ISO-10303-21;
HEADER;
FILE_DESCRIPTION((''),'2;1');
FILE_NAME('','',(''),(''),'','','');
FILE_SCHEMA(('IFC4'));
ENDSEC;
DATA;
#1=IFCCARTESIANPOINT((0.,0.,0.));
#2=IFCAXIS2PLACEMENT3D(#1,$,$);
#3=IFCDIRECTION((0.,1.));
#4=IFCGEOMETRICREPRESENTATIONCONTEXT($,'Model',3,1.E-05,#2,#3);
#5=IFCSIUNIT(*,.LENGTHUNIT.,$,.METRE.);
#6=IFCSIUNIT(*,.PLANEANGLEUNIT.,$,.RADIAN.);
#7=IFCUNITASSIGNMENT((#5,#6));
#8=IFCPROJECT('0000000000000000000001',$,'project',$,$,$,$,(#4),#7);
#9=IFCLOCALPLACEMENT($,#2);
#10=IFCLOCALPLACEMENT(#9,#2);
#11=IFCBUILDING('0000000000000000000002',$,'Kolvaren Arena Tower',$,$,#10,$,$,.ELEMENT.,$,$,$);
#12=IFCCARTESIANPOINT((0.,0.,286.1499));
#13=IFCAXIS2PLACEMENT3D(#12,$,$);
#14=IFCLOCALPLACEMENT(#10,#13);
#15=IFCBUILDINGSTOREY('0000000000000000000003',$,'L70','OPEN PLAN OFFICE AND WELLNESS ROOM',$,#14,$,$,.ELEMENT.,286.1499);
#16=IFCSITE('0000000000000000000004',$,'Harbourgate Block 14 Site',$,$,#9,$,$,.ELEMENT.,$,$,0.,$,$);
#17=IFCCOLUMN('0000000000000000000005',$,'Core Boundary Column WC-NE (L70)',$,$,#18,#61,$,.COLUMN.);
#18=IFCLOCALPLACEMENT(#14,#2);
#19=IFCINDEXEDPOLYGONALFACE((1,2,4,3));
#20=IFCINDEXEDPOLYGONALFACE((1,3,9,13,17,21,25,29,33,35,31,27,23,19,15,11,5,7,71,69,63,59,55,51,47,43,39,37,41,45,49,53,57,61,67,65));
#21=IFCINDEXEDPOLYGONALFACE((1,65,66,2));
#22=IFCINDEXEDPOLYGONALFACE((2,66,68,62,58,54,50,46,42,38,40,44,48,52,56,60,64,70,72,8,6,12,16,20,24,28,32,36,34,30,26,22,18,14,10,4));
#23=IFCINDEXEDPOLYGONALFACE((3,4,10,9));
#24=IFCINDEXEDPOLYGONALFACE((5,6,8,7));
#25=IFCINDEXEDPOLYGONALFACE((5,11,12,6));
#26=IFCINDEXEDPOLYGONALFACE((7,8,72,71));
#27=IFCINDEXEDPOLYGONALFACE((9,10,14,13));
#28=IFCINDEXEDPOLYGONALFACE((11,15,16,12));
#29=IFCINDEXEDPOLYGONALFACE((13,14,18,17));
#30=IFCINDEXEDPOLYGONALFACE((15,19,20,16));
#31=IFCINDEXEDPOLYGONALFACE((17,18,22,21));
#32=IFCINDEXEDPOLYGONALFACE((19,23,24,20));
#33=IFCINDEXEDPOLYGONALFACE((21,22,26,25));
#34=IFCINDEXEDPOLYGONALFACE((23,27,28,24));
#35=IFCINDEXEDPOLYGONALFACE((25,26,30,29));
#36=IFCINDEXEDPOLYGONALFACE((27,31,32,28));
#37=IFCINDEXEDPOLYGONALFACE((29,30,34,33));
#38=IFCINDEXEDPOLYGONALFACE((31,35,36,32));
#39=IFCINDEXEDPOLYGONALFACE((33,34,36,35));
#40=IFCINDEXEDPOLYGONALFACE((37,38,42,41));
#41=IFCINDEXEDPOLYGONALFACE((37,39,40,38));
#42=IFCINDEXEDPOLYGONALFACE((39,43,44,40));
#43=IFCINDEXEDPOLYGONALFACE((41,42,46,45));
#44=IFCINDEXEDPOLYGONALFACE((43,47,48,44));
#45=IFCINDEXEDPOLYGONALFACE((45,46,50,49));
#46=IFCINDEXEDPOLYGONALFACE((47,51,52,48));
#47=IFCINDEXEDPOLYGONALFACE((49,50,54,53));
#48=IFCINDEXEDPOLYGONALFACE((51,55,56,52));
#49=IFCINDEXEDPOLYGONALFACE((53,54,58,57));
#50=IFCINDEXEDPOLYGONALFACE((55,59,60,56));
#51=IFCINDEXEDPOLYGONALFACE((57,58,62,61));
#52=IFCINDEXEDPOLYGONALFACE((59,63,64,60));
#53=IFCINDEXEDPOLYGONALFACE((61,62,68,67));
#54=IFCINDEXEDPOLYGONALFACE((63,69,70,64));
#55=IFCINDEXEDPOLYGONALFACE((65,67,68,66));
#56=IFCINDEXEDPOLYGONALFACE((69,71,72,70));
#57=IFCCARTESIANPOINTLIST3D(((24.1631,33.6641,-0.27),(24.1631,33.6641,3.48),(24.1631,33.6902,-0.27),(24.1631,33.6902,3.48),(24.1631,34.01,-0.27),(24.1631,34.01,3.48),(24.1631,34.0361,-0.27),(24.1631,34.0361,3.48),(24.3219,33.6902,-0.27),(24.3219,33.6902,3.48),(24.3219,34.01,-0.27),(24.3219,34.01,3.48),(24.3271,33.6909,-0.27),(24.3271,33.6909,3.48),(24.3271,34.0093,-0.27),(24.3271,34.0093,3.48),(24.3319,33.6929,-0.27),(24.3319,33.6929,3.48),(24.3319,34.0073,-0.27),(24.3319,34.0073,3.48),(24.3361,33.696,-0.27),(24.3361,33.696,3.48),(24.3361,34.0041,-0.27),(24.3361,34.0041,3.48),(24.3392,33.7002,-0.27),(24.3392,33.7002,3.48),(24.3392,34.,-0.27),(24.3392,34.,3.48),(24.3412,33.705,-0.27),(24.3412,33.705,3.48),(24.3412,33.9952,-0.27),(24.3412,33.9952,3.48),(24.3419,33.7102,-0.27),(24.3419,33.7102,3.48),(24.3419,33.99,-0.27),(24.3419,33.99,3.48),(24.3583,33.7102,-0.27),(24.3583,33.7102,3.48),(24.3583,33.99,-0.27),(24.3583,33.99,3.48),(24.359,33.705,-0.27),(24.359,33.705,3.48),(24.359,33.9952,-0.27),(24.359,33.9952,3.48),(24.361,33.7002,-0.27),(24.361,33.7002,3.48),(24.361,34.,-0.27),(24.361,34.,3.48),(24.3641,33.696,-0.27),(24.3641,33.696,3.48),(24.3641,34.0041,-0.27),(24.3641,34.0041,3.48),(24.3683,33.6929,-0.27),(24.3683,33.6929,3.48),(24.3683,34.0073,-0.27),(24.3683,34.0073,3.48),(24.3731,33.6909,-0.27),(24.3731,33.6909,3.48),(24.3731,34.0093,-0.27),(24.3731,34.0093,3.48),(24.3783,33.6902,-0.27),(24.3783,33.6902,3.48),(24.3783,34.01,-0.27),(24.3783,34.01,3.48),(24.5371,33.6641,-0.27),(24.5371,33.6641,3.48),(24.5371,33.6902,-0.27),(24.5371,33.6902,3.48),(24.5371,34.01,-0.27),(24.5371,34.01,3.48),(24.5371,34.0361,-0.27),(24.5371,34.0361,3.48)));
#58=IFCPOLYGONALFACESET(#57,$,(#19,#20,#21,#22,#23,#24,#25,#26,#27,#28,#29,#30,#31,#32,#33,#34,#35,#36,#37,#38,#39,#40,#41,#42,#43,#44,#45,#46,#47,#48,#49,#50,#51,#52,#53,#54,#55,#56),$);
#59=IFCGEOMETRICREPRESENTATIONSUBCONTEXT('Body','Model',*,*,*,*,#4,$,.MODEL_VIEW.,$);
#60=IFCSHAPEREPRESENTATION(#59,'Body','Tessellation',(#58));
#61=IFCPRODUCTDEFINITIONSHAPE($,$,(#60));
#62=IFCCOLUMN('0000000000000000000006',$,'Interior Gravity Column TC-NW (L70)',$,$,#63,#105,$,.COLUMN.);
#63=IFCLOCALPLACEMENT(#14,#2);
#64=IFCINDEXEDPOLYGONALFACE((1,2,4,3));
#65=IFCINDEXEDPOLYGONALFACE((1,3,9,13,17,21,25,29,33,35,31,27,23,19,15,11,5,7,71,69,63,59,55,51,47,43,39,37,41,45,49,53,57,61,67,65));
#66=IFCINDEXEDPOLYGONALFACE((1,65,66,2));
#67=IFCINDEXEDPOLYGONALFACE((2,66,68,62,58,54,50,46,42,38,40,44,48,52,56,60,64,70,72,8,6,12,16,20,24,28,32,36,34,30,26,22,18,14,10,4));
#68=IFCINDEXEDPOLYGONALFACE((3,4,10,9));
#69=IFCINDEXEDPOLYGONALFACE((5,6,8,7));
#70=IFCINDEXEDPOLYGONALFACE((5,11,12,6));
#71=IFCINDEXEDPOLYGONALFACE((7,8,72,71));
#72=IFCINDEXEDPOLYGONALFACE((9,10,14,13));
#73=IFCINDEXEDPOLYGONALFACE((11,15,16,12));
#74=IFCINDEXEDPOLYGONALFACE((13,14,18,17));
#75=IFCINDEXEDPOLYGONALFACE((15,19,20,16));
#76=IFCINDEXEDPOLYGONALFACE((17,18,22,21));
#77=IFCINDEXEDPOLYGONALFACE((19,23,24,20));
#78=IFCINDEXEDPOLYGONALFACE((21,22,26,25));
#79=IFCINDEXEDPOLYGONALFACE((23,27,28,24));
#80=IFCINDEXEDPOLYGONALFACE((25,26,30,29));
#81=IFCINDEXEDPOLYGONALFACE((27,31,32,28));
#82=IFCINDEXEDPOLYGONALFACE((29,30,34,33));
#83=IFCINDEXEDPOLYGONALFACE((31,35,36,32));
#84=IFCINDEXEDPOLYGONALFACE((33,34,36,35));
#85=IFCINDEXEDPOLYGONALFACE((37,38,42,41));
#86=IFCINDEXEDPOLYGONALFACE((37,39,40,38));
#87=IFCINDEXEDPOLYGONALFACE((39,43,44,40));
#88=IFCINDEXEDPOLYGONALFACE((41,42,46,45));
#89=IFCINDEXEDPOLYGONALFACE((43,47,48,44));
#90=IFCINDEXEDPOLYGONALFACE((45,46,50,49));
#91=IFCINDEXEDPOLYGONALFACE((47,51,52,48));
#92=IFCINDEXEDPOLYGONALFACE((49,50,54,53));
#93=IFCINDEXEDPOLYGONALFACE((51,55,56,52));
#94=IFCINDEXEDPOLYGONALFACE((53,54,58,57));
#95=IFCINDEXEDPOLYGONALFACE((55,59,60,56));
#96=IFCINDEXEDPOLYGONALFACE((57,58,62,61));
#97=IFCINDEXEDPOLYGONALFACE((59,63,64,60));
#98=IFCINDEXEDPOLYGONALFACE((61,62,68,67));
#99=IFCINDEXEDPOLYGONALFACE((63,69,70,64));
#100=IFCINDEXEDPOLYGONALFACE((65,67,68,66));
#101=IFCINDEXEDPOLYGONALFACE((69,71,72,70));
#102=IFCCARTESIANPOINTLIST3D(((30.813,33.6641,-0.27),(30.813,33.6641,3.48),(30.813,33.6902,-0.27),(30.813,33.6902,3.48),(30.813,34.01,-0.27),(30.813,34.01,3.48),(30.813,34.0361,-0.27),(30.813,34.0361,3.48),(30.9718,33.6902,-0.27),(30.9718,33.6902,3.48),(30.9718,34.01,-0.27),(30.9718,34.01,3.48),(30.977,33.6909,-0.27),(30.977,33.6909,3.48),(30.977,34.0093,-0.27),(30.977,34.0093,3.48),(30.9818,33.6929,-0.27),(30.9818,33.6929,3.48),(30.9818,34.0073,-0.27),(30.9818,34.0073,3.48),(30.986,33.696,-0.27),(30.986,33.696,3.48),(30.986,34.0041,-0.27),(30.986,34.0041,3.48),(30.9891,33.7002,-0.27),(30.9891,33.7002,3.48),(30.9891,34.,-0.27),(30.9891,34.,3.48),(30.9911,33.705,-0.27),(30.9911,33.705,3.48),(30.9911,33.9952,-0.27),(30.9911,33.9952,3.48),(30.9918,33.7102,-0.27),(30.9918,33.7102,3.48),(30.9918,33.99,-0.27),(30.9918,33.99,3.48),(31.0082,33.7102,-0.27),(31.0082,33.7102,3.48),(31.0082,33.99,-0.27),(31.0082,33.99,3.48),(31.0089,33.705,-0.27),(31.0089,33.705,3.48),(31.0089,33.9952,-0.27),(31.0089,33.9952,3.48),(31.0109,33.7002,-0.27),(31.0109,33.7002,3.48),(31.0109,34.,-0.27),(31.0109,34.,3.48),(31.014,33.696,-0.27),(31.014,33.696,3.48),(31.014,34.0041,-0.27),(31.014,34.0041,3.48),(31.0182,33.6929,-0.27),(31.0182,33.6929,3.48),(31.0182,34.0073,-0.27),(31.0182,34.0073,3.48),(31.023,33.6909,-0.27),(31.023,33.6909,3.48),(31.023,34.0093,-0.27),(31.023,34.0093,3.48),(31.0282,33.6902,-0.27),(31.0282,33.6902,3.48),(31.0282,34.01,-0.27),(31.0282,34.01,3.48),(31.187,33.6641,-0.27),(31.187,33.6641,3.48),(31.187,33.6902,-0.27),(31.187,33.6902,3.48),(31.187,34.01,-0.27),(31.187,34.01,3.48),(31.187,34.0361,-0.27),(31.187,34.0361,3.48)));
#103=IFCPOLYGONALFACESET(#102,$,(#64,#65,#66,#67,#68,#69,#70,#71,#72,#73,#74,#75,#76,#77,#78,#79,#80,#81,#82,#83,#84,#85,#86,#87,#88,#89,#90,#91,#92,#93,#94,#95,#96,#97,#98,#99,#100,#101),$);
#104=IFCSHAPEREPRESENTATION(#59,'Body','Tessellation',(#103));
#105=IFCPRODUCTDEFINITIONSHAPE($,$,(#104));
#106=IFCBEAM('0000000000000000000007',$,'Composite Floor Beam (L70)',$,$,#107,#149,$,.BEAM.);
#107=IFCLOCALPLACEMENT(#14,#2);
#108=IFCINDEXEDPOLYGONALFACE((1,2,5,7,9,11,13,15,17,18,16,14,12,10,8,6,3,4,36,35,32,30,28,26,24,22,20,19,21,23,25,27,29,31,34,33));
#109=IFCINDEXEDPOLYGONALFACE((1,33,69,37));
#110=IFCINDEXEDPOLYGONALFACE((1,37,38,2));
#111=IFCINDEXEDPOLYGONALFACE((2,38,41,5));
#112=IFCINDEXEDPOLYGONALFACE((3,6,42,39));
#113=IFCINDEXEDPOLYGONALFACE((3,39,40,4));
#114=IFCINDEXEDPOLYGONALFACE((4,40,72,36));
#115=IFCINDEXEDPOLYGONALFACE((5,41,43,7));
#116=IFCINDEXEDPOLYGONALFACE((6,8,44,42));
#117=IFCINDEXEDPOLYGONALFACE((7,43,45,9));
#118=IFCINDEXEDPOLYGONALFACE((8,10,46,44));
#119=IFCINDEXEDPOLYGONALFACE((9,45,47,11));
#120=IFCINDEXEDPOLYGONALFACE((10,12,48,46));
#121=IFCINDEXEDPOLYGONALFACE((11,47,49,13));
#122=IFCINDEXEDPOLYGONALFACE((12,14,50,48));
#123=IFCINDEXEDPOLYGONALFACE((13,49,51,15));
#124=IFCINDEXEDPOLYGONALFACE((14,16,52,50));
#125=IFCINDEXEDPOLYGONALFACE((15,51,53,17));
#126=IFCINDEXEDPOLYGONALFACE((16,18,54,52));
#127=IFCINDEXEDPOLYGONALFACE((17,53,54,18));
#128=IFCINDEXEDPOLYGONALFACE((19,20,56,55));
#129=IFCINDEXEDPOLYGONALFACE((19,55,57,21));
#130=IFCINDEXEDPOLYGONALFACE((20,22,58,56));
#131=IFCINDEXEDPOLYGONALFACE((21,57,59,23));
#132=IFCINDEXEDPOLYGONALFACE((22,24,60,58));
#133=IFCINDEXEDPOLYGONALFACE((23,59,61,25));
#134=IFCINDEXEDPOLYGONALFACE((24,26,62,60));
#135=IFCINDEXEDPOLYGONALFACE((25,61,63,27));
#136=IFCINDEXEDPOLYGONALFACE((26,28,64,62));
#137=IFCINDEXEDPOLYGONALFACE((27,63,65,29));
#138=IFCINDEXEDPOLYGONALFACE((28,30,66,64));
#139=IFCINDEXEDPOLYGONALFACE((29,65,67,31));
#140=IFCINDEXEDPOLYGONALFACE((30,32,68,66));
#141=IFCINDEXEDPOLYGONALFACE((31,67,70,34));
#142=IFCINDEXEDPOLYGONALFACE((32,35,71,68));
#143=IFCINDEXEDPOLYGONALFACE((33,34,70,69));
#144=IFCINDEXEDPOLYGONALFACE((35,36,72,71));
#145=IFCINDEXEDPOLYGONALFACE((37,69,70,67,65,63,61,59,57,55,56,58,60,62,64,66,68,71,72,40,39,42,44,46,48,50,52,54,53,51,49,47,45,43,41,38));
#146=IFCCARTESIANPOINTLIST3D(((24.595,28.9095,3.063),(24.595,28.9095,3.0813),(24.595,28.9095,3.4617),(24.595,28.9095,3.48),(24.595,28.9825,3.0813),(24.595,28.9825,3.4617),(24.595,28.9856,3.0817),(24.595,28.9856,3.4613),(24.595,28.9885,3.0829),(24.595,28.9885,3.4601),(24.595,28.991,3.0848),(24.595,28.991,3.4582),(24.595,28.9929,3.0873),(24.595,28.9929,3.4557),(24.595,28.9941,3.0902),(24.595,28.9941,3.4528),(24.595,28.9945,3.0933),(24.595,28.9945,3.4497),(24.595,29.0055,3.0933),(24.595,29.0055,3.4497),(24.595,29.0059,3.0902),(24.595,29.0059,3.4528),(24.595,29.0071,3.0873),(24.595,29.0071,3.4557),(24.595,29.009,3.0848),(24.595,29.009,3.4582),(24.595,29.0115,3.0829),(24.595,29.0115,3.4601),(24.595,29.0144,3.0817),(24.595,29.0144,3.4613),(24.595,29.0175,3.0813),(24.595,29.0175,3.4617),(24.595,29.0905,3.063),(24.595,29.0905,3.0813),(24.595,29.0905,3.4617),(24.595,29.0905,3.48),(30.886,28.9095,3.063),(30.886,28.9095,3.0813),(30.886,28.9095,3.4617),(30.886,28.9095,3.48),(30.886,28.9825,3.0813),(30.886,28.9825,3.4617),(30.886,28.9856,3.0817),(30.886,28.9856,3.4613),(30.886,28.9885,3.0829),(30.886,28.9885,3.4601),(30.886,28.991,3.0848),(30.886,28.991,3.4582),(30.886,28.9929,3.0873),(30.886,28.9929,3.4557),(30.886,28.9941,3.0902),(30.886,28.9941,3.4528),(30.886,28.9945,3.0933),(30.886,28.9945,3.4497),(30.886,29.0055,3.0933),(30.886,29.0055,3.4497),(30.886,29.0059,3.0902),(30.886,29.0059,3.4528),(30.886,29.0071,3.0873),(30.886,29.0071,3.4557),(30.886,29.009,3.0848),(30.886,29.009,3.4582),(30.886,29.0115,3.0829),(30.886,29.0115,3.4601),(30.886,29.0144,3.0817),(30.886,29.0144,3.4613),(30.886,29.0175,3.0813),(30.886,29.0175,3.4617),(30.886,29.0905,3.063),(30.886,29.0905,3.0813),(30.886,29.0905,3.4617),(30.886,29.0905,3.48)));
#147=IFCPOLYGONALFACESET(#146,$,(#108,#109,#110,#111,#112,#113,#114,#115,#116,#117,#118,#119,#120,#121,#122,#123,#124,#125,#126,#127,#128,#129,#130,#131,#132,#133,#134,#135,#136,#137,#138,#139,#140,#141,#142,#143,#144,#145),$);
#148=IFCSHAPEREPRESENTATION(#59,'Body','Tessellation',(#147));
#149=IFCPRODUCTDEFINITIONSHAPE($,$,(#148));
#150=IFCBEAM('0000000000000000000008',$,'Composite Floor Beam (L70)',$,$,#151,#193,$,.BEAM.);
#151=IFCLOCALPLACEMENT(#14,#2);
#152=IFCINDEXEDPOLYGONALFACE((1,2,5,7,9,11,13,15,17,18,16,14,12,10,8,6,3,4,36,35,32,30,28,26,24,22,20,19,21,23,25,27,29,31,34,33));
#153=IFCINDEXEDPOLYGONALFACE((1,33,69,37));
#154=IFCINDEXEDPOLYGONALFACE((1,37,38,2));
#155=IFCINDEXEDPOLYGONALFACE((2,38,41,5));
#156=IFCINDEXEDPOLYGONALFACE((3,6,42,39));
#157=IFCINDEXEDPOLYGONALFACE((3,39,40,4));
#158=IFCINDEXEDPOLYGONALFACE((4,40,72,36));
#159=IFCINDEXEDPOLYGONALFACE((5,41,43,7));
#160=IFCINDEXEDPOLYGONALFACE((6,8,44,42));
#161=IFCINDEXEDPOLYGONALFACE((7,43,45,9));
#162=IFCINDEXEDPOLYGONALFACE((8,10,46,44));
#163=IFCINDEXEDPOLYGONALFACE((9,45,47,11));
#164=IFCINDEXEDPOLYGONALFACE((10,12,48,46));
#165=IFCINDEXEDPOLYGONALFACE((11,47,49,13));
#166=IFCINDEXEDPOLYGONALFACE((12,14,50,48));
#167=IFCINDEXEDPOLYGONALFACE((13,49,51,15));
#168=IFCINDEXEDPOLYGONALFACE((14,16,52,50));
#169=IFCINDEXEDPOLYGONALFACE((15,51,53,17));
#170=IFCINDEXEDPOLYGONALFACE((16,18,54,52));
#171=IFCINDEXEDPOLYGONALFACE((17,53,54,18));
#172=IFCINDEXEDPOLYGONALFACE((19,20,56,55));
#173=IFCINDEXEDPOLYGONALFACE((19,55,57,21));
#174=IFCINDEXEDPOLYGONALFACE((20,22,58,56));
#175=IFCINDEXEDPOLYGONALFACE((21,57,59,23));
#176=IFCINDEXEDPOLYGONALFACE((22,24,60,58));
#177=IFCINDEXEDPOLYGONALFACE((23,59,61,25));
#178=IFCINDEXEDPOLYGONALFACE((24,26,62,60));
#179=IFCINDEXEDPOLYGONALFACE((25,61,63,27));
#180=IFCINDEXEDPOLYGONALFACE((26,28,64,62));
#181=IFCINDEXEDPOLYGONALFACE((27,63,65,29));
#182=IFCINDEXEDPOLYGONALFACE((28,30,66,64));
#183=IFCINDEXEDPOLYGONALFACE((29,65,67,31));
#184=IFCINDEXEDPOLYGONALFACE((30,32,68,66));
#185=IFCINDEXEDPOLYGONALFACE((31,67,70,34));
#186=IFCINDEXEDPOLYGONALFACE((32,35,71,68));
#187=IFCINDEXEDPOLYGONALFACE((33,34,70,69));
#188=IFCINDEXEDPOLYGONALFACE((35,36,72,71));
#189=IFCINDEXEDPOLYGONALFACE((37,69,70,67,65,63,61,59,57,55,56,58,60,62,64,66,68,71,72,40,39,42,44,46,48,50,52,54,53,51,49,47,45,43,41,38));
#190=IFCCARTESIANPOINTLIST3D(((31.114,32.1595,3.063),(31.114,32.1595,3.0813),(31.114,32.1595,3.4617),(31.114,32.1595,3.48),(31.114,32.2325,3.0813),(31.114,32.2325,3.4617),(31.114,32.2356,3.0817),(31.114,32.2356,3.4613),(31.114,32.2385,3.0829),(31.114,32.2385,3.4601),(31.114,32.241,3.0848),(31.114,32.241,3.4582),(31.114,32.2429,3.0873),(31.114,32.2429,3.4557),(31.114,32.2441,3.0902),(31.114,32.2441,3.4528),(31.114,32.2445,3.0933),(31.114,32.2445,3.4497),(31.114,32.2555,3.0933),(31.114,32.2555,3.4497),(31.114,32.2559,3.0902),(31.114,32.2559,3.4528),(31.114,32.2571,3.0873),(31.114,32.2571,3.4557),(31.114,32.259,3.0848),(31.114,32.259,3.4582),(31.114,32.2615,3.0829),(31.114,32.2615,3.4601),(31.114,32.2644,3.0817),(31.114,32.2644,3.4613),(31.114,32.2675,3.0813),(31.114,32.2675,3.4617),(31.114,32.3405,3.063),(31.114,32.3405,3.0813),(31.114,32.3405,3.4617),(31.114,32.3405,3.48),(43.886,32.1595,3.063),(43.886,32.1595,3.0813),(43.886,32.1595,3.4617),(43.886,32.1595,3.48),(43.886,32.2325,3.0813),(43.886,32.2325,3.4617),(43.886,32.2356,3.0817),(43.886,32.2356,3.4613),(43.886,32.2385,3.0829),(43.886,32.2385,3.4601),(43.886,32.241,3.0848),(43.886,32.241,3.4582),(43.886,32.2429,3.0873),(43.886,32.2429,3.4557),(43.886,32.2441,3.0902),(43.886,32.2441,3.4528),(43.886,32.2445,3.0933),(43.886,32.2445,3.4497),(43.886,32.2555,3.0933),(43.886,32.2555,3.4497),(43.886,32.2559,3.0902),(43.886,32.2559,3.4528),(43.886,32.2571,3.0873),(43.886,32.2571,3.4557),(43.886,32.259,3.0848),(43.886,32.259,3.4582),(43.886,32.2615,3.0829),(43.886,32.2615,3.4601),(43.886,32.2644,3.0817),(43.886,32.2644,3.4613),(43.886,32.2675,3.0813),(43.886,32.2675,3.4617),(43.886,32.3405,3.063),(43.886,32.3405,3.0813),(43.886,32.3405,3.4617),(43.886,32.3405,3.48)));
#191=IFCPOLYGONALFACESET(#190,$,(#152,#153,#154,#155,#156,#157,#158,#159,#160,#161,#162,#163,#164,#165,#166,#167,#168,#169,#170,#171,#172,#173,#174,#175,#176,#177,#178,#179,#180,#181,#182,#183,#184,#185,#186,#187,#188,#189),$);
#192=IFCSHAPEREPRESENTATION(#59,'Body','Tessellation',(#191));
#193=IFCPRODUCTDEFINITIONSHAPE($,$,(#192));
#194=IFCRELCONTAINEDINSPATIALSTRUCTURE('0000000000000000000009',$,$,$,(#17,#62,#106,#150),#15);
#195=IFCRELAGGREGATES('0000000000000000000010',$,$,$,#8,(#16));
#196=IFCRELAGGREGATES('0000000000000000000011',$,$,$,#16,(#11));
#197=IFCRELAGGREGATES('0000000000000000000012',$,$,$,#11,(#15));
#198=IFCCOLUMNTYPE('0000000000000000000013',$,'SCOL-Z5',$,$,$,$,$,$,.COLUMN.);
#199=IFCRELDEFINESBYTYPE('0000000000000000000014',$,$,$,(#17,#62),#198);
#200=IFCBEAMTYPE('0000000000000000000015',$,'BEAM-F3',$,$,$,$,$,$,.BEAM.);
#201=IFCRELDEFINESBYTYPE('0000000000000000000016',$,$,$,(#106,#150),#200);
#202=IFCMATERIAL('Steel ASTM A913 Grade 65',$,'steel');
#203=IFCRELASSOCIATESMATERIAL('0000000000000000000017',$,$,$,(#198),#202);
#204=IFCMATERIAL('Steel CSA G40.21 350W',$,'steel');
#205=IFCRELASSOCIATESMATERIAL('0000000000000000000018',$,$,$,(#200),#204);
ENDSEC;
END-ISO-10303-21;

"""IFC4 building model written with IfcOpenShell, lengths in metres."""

from ifc_helpers import new_model, si_unit, direction, frame, origin, origin_2d, place, context, subcontext, project, spatial, i_section, extrude, material, material_profile, profile_set, type_object, element, save


model = new_model("IFC4")

# Units and contexts
model_context = context("Model", 3, precision=1e-05, world=origin(), true_north=direction((0.0, 1.0)))
body_context = subcontext(model_context, "Body", "Model", "MODEL_VIEW")
ifc_project = project(units=[si_unit("LENGTHUNIT", "METRE"), si_unit("PLANEANGLEUNIT", "RADIAN")], contexts=[model_context])

# Site, building, storey
site_placement = place(None, origin())
site = spatial("IfcSite", under=ifc_project, at=site_placement, Name="Harbourgate Block 14 Site", CompositionType="ELEMENT", RefElevation=0.0)
building_placement = place(site_placement, origin())
building = spatial("IfcBuilding", under=site, at=building_placement, Name="Kolvaren Arena Tower", CompositionType="ELEMENT")
storey_placement = place(building_placement, frame((0.0, 0.0, 286.1499)))
storey = spatial("IfcBuildingStorey", under=building, at=storey_placement, Name="L70", Description="OPEN PLAN OFFICE AND WELLNESS ROOM", CompositionType="ELEMENT", Elevation=286.1499)

# Columns
ifc_material_1 = material(Name="Steel ASTM A913 Grade 65", Category="steel")
ifc_material_profile_1 = material_profile(ifc_material_1, i_section(OverallWidth=0.374, OverallDepth=0.3721, WebThickness=0.0164, FlangeThickness=0.0261, FilletRadius=0.02, at=origin_2d()), Name="W360x196")
ifc_profile_set_1 = profile_set([ifc_material_profile_1], Name="Steel ASTM A913 Grade 65")
column_type = type_object("IfcColumnType", Name="SCOL-Z5", PredefinedType="COLUMN", material=ifc_profile_set_1)
for number, where, z_axis, x_axis, name in (
    (1, (24.3501, 33.8501, -0.27), (0.0, 0.0, 1.0), (1.0, 0.0, 0.0), "Core Boundary Column WC-NE (L70)"),
    (2, (31.0, 33.8501, -0.27), (0.0, 0.0, 1.0), (1.0, 0.0, 0.0), "Interior Gravity Column TC-NW (L70)"),
):
    element("IfcColumn", number, at=place(storey_placement, frame(where, z_axis=z_axis, x_axis=x_axis)), inside=storey, type_object=column_type, Name=name, PredefinedType="COLUMN", context=body_context, shape_type="SweptSolid", body=[
        extrude(i_section(OverallWidth=0.374, OverallDepth=0.3721, WebThickness=0.0164, FlangeThickness=0.0261, FilletRadius=0.02, at=origin_2d()), origin(), (0.0, 0.0, 1.0), 3.75),
    ])

# Beams
ifc_material_2 = material(Name="Steel CSA G40.21 350W", Category="steel")
ifc_material_profile_2 = material_profile(ifc_material_2, i_section(OverallWidth=0.1809, OverallDepth=0.417, WebThickness=0.011, FlangeThickness=0.0183, FilletRadius=0.012, at=origin_2d()), Name="W410x85")
ifc_profile_set_2 = profile_set([ifc_material_profile_2], Name="Steel CSA G40.21 350W")
beam_type_1 = type_object("IfcBeamType", Name="BEAM-F3", PredefinedType="BEAM", material=ifc_profile_set_2)
beam_1_placement = place(storey_placement, frame((24.595, 29.0, 3.2715), z_axis=(1.0, 0.0, 0.0), x_axis=(0.0, 1.0, 0.0)))
element("IfcBeam", 3, at=beam_1_placement, inside=storey, type_object=beam_type_1, Name="Composite Floor Beam (L70)", PredefinedType="BEAM", context=body_context, shape_type="SweptSolid", body=[
    extrude(i_section(OverallWidth=0.1809, OverallDepth=0.417, WebThickness=0.011, FlangeThickness=0.0183, FilletRadius=0.012, at=origin_2d()), origin(), (0.0, 0.0, 1.0), 6.291),
])
beam_2_placement = place(storey_placement, frame((31.114, 32.25, 3.2715), z_axis=(1.0, 0.0, 0.0), x_axis=(0.0, 1.0, 0.0)))
element("IfcBeam", 4, at=beam_2_placement, inside=storey, type_object=beam_type_1, Name="Composite Floor Beam (L70)", PredefinedType="BEAM", context=body_context, shape_type="SweptSolid", body=[
    extrude(i_section(OverallWidth=0.1809, OverallDepth=0.417, WebThickness=0.011, FlangeThickness=0.0183, FilletRadius=0.012, at=origin_2d()), origin(), (0.0, 0.0, 1.0), 12.772),
])

save(model, "model.ifc")
